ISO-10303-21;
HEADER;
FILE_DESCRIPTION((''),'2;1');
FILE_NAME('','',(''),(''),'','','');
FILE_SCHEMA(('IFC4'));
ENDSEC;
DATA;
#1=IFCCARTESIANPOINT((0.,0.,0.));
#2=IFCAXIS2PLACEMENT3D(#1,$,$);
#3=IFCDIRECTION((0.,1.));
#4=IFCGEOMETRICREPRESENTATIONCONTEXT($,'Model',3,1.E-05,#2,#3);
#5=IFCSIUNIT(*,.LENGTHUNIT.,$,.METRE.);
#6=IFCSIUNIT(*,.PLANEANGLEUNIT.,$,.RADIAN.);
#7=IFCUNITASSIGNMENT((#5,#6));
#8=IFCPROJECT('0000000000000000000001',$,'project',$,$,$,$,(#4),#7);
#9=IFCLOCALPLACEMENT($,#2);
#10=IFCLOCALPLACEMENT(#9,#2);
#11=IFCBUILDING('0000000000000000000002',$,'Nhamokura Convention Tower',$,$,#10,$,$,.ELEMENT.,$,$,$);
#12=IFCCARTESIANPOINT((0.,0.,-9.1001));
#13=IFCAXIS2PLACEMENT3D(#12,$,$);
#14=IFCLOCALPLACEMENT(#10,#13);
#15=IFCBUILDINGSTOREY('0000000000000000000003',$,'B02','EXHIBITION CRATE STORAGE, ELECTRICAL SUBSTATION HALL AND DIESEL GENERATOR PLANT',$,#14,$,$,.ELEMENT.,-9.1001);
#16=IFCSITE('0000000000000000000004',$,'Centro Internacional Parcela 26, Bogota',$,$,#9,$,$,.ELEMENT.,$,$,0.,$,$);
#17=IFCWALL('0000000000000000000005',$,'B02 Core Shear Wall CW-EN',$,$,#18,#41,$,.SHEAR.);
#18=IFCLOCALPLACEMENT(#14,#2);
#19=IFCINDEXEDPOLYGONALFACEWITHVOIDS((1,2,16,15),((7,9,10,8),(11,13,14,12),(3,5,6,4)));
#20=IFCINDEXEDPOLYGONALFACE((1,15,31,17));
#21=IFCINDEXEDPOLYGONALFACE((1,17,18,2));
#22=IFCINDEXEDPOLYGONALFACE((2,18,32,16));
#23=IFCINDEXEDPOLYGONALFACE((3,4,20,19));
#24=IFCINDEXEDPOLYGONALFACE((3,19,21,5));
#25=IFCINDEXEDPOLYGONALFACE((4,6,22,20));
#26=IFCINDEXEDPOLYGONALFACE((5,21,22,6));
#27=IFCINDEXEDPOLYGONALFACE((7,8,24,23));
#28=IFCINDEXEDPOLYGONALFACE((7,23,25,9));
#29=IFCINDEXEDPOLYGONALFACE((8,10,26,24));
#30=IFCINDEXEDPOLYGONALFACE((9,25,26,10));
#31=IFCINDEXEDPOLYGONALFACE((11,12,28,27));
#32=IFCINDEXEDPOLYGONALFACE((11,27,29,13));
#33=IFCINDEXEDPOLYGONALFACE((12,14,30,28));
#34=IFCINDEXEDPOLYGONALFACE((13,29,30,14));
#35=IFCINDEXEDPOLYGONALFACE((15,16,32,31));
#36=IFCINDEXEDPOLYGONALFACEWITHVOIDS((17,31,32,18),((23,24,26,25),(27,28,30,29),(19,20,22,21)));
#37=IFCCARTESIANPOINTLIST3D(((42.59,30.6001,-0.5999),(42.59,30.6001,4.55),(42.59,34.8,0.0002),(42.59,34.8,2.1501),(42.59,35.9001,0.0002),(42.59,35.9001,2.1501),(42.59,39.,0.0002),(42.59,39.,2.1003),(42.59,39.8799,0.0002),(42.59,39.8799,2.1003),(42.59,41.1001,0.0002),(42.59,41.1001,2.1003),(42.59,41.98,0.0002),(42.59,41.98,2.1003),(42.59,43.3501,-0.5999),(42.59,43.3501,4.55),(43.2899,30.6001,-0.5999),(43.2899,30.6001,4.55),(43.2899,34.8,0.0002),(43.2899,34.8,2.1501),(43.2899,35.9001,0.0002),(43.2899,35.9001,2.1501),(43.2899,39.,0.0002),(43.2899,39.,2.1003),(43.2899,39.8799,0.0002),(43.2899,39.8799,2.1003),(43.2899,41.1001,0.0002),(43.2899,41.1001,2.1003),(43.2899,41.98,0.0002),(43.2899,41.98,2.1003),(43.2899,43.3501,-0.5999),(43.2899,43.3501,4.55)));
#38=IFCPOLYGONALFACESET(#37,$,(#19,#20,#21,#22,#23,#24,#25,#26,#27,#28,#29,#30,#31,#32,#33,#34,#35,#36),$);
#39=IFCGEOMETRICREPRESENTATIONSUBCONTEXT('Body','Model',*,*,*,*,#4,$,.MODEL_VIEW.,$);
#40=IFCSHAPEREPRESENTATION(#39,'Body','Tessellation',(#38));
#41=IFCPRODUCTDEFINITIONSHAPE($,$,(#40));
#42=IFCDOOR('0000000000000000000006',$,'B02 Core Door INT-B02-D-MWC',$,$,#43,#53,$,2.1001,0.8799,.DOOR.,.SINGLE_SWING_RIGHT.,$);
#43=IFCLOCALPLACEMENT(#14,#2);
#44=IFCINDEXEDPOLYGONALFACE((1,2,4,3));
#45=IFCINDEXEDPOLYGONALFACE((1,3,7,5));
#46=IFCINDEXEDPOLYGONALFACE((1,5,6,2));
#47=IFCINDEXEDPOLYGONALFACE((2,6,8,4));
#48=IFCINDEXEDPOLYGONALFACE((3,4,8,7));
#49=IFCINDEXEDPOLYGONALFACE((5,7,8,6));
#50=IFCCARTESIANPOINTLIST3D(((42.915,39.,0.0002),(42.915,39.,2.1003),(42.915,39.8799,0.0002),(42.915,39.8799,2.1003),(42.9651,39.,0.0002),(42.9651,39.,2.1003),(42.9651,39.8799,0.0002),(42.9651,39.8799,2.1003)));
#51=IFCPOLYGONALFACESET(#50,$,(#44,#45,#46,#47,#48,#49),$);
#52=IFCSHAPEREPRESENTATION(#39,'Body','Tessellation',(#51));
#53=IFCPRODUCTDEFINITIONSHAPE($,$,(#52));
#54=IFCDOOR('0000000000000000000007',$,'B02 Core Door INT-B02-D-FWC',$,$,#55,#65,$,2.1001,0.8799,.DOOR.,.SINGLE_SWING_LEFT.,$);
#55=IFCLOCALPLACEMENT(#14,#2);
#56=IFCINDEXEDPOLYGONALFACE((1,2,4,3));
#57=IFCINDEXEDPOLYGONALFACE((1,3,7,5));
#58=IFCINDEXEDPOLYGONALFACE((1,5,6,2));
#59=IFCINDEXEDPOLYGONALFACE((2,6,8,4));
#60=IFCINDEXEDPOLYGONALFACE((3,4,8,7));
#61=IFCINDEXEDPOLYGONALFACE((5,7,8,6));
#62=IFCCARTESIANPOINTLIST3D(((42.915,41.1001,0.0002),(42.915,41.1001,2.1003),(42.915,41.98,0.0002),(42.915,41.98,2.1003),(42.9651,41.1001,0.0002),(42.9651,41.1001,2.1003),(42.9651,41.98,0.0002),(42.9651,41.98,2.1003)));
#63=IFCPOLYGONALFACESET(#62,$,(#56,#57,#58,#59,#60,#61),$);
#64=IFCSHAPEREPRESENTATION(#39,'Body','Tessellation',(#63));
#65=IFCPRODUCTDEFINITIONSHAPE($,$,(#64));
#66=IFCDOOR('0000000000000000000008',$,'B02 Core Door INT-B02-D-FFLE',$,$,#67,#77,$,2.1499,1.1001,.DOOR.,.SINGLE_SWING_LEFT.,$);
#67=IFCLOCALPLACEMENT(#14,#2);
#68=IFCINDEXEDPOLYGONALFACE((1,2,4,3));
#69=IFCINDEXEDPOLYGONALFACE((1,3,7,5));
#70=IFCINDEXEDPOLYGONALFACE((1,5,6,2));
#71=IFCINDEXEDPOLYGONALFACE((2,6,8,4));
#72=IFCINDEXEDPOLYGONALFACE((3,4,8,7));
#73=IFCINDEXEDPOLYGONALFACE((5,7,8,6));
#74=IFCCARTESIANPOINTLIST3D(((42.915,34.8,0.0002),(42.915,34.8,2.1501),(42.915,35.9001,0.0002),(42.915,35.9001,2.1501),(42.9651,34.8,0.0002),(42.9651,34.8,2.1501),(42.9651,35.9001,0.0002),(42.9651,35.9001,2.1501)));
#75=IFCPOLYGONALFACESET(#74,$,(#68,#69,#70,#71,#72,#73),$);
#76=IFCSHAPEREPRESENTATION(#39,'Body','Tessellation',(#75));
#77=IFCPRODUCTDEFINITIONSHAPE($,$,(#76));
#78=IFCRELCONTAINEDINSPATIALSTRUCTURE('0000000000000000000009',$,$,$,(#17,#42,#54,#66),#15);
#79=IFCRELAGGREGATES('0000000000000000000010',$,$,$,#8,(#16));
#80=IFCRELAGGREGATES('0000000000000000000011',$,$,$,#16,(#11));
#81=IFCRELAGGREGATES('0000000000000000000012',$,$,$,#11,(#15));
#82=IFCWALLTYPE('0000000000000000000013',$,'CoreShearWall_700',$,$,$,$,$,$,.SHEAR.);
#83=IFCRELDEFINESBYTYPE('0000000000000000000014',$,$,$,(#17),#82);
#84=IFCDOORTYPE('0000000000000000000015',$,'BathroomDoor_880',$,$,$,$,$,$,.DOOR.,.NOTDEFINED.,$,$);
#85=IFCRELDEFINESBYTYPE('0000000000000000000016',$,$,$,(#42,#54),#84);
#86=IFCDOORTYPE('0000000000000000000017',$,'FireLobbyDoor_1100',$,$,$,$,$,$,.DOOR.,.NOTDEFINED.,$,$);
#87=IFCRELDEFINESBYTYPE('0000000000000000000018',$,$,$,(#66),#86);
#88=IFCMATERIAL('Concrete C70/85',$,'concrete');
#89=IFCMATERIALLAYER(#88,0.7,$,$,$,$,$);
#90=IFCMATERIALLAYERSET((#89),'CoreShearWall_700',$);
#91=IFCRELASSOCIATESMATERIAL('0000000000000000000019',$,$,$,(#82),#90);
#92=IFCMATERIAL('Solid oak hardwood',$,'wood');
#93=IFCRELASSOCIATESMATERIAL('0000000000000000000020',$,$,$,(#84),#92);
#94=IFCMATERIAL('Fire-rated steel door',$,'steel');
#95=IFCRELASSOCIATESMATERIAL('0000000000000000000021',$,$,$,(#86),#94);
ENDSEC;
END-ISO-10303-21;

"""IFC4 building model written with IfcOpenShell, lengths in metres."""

from ifc_helpers import new_model, si_unit, direction, frame, frame_2d, origin, place, context, subcontext, project, spatial, rectangle, extrude, material, layer, layer_set, type_object, element, fill, save


model = new_model("IFC4")

# Units and contexts
model_context = context("Model", 3, precision=1e-05, world=origin(), true_north=direction((0.0, 1.0)))
body_context = subcontext(model_context, "Body", "Model", "MODEL_VIEW")
ifc_project = project(units=[si_unit("LENGTHUNIT", "METRE"), si_unit("PLANEANGLEUNIT", "RADIAN")], contexts=[model_context])

# Site, building, storey
site_placement = place(None, origin())
site = spatial("IfcSite", under=ifc_project, at=site_placement, Name="Centro Internacional Parcela 26, Bogota", CompositionType="ELEMENT", RefElevation=0.0)
building_placement = place(site_placement, origin())
building = spatial("IfcBuilding", under=site, at=building_placement, Name="Nhamokura Convention Tower", CompositionType="ELEMENT")
storey_placement = place(building_placement, frame((0.0, 0.0, -9.1001)))
storey = spatial("IfcBuildingStorey", under=building, at=storey_placement, Name="B02", Description="EXHIBITION CRATE STORAGE, ELECTRICAL SUBSTATION HALL AND DIESEL GENERATOR PLANT", CompositionType="ELEMENT", Elevation=-9.1001)

# Shared definitions
ifc_material_1 = material(Name="Concrete C70/85", Category="concrete")
ifc_layer = layer(ifc_material_1, 0.7)
ifc_layer_set = layer_set([ifc_layer], Name="CoreShearWall_700")
wall_type = type_object("IfcWallType", Name="CoreShearWall_700", PredefinedType="SHEAR", material=ifc_layer_set)

# Wall, openings, doors
wall_1_placement = place(storey_placement, frame((42.9399, 30.6001, -0.5999), z_axis=(0.0, 0.0, 1.0), x_axis=(0.0, 1.0, 0.0)))
wall_1 = element("IfcWall", 1, at=wall_1_placement, inside=storey, type_object=wall_type, Name="B02 Core Shear Wall CW-EN", PredefinedType="SHEAR", context=body_context, shape_type="SweptSolid", body=[
    extrude(rectangle(XDim=12.75, YDim=0.7, at=frame_2d((6.375, 0.0))), origin(), (0.0, 0.0, 1.0), 5.1499),
])
opening_1_placement = place(wall_1_placement, frame((4.2, 0.0, 0.6001)))
opening_1 = element("IfcOpeningElement", 2, at=opening_1_placement, cuts=wall_1, PredefinedType="OPENING", context=body_context, shape_type="SweptSolid", body=[
    extrude(rectangle(XDim=1.1001, YDim=2.1499, at=frame_2d((0.55, 1.075))), frame((0.0, 0.3599, 0.0), z_axis=(0.0, -1.0, 0.0), x_axis=(1.0, 0.0, 0.0)), (0.0, 0.0, 1.0), 0.72),
])
opening_2_placement = place(wall_1_placement, frame((8.3999, 0.0, 0.6001)))
opening_2 = element("IfcOpeningElement", 3, at=opening_2_placement, cuts=wall_1, PredefinedType="OPENING", context=body_context, shape_type="SweptSolid", body=[
    extrude(rectangle(XDim=0.8799, YDim=2.1001, at=frame_2d((0.4399, 1.05))), frame((0.0, 0.3599, 0.0), z_axis=(0.0, -1.0, 0.0), x_axis=(1.0, 0.0, 0.0)), (0.0, 0.0, 1.0), 0.72),
])
opening_3_placement = place(wall_1_placement, frame((10.5, 0.0, 0.6001)))
opening_3 = element("IfcOpeningElement", 4, at=opening_3_placement, cuts=wall_1, PredefinedType="OPENING", context=body_context, shape_type="SweptSolid", body=[
    extrude(rectangle(XDim=0.8799, YDim=2.1001, at=frame_2d((0.4399, 1.05))), frame((0.0, 0.3599, 0.0), z_axis=(0.0, -1.0, 0.0), x_axis=(1.0, 0.0, 0.0)), (0.0, 0.0, 1.0), 0.72),
])
ifc_material_2 = material(Name="Solid oak hardwood", Category="wood")
door_type_1 = type_object("IfcDoorType", Name="BathroomDoor_880", OperationType="NOTDEFINED", PredefinedType="DOOR", material=ifc_material_2)
door_1_placement = place(opening_2_placement, origin())
door_1 = element("IfcDoor", 5, at=door_1_placement, inside=storey, type_object=door_type_1, Name="B02 Core Door INT-B02-D-MWC", OperationType="SINGLE_SWING_RIGHT", OverallHeight=2.1001, OverallWidth=0.8799, PredefinedType="DOOR", context=body_context, shape_type="SweptSolid", body=[
    extrude(rectangle(XDim=0.8799, YDim=2.1001, at=frame_2d((0.4399, 1.05))), frame((0.0, 0.0249, 0.0), z_axis=(0.0, -1.0, 0.0), x_axis=(1.0, 0.0, 0.0)), (0.0, 0.0, 1.0), 0.05),
])
fill(opening_2, door_1)
door_2_placement = place(opening_3_placement, origin())
door_2 = element("IfcDoor", 6, at=door_2_placement, inside=storey, type_object=door_type_1, Name="B02 Core Door INT-B02-D-FWC", OperationType="SINGLE_SWING_LEFT", OverallHeight=2.1001, OverallWidth=0.8799, PredefinedType="DOOR", context=body_context, shape_type="SweptSolid", body=[
    extrude(rectangle(XDim=0.8799, YDim=2.1001, at=frame_2d((0.4399, 1.05))), frame((0.0, 0.0249, 0.0), z_axis=(0.0, -1.0, 0.0), x_axis=(1.0, 0.0, 0.0)), (0.0, 0.0, 1.0), 0.05),
])
fill(opening_3, door_2)
ifc_material_3 = material(Name="Fire-rated steel door", Category="steel")
door_type_2 = type_object("IfcDoorType", Name="FireLobbyDoor_1100", OperationType="NOTDEFINED", PredefinedType="DOOR", material=ifc_material_3)
door_3_placement = place(opening_1_placement, origin())
door_3 = element("IfcDoor", 7, at=door_3_placement, inside=storey, type_object=door_type_2, Name="B02 Core Door INT-B02-D-FFLE", OperationType="SINGLE_SWING_LEFT", OverallHeight=2.1499, OverallWidth=1.1001, PredefinedType="DOOR", context=body_context, shape_type="SweptSolid", body=[
    extrude(rectangle(XDim=1.1001, YDim=2.1499, at=frame_2d((0.55, 1.075))), frame((0.0, 0.0249, 0.0), z_axis=(0.0, -1.0, 0.0), x_axis=(1.0, 0.0, 0.0)), (0.0, 0.0, 1.0), 0.05),
])
fill(opening_1, door_3)

save(model, "model.ifc")
